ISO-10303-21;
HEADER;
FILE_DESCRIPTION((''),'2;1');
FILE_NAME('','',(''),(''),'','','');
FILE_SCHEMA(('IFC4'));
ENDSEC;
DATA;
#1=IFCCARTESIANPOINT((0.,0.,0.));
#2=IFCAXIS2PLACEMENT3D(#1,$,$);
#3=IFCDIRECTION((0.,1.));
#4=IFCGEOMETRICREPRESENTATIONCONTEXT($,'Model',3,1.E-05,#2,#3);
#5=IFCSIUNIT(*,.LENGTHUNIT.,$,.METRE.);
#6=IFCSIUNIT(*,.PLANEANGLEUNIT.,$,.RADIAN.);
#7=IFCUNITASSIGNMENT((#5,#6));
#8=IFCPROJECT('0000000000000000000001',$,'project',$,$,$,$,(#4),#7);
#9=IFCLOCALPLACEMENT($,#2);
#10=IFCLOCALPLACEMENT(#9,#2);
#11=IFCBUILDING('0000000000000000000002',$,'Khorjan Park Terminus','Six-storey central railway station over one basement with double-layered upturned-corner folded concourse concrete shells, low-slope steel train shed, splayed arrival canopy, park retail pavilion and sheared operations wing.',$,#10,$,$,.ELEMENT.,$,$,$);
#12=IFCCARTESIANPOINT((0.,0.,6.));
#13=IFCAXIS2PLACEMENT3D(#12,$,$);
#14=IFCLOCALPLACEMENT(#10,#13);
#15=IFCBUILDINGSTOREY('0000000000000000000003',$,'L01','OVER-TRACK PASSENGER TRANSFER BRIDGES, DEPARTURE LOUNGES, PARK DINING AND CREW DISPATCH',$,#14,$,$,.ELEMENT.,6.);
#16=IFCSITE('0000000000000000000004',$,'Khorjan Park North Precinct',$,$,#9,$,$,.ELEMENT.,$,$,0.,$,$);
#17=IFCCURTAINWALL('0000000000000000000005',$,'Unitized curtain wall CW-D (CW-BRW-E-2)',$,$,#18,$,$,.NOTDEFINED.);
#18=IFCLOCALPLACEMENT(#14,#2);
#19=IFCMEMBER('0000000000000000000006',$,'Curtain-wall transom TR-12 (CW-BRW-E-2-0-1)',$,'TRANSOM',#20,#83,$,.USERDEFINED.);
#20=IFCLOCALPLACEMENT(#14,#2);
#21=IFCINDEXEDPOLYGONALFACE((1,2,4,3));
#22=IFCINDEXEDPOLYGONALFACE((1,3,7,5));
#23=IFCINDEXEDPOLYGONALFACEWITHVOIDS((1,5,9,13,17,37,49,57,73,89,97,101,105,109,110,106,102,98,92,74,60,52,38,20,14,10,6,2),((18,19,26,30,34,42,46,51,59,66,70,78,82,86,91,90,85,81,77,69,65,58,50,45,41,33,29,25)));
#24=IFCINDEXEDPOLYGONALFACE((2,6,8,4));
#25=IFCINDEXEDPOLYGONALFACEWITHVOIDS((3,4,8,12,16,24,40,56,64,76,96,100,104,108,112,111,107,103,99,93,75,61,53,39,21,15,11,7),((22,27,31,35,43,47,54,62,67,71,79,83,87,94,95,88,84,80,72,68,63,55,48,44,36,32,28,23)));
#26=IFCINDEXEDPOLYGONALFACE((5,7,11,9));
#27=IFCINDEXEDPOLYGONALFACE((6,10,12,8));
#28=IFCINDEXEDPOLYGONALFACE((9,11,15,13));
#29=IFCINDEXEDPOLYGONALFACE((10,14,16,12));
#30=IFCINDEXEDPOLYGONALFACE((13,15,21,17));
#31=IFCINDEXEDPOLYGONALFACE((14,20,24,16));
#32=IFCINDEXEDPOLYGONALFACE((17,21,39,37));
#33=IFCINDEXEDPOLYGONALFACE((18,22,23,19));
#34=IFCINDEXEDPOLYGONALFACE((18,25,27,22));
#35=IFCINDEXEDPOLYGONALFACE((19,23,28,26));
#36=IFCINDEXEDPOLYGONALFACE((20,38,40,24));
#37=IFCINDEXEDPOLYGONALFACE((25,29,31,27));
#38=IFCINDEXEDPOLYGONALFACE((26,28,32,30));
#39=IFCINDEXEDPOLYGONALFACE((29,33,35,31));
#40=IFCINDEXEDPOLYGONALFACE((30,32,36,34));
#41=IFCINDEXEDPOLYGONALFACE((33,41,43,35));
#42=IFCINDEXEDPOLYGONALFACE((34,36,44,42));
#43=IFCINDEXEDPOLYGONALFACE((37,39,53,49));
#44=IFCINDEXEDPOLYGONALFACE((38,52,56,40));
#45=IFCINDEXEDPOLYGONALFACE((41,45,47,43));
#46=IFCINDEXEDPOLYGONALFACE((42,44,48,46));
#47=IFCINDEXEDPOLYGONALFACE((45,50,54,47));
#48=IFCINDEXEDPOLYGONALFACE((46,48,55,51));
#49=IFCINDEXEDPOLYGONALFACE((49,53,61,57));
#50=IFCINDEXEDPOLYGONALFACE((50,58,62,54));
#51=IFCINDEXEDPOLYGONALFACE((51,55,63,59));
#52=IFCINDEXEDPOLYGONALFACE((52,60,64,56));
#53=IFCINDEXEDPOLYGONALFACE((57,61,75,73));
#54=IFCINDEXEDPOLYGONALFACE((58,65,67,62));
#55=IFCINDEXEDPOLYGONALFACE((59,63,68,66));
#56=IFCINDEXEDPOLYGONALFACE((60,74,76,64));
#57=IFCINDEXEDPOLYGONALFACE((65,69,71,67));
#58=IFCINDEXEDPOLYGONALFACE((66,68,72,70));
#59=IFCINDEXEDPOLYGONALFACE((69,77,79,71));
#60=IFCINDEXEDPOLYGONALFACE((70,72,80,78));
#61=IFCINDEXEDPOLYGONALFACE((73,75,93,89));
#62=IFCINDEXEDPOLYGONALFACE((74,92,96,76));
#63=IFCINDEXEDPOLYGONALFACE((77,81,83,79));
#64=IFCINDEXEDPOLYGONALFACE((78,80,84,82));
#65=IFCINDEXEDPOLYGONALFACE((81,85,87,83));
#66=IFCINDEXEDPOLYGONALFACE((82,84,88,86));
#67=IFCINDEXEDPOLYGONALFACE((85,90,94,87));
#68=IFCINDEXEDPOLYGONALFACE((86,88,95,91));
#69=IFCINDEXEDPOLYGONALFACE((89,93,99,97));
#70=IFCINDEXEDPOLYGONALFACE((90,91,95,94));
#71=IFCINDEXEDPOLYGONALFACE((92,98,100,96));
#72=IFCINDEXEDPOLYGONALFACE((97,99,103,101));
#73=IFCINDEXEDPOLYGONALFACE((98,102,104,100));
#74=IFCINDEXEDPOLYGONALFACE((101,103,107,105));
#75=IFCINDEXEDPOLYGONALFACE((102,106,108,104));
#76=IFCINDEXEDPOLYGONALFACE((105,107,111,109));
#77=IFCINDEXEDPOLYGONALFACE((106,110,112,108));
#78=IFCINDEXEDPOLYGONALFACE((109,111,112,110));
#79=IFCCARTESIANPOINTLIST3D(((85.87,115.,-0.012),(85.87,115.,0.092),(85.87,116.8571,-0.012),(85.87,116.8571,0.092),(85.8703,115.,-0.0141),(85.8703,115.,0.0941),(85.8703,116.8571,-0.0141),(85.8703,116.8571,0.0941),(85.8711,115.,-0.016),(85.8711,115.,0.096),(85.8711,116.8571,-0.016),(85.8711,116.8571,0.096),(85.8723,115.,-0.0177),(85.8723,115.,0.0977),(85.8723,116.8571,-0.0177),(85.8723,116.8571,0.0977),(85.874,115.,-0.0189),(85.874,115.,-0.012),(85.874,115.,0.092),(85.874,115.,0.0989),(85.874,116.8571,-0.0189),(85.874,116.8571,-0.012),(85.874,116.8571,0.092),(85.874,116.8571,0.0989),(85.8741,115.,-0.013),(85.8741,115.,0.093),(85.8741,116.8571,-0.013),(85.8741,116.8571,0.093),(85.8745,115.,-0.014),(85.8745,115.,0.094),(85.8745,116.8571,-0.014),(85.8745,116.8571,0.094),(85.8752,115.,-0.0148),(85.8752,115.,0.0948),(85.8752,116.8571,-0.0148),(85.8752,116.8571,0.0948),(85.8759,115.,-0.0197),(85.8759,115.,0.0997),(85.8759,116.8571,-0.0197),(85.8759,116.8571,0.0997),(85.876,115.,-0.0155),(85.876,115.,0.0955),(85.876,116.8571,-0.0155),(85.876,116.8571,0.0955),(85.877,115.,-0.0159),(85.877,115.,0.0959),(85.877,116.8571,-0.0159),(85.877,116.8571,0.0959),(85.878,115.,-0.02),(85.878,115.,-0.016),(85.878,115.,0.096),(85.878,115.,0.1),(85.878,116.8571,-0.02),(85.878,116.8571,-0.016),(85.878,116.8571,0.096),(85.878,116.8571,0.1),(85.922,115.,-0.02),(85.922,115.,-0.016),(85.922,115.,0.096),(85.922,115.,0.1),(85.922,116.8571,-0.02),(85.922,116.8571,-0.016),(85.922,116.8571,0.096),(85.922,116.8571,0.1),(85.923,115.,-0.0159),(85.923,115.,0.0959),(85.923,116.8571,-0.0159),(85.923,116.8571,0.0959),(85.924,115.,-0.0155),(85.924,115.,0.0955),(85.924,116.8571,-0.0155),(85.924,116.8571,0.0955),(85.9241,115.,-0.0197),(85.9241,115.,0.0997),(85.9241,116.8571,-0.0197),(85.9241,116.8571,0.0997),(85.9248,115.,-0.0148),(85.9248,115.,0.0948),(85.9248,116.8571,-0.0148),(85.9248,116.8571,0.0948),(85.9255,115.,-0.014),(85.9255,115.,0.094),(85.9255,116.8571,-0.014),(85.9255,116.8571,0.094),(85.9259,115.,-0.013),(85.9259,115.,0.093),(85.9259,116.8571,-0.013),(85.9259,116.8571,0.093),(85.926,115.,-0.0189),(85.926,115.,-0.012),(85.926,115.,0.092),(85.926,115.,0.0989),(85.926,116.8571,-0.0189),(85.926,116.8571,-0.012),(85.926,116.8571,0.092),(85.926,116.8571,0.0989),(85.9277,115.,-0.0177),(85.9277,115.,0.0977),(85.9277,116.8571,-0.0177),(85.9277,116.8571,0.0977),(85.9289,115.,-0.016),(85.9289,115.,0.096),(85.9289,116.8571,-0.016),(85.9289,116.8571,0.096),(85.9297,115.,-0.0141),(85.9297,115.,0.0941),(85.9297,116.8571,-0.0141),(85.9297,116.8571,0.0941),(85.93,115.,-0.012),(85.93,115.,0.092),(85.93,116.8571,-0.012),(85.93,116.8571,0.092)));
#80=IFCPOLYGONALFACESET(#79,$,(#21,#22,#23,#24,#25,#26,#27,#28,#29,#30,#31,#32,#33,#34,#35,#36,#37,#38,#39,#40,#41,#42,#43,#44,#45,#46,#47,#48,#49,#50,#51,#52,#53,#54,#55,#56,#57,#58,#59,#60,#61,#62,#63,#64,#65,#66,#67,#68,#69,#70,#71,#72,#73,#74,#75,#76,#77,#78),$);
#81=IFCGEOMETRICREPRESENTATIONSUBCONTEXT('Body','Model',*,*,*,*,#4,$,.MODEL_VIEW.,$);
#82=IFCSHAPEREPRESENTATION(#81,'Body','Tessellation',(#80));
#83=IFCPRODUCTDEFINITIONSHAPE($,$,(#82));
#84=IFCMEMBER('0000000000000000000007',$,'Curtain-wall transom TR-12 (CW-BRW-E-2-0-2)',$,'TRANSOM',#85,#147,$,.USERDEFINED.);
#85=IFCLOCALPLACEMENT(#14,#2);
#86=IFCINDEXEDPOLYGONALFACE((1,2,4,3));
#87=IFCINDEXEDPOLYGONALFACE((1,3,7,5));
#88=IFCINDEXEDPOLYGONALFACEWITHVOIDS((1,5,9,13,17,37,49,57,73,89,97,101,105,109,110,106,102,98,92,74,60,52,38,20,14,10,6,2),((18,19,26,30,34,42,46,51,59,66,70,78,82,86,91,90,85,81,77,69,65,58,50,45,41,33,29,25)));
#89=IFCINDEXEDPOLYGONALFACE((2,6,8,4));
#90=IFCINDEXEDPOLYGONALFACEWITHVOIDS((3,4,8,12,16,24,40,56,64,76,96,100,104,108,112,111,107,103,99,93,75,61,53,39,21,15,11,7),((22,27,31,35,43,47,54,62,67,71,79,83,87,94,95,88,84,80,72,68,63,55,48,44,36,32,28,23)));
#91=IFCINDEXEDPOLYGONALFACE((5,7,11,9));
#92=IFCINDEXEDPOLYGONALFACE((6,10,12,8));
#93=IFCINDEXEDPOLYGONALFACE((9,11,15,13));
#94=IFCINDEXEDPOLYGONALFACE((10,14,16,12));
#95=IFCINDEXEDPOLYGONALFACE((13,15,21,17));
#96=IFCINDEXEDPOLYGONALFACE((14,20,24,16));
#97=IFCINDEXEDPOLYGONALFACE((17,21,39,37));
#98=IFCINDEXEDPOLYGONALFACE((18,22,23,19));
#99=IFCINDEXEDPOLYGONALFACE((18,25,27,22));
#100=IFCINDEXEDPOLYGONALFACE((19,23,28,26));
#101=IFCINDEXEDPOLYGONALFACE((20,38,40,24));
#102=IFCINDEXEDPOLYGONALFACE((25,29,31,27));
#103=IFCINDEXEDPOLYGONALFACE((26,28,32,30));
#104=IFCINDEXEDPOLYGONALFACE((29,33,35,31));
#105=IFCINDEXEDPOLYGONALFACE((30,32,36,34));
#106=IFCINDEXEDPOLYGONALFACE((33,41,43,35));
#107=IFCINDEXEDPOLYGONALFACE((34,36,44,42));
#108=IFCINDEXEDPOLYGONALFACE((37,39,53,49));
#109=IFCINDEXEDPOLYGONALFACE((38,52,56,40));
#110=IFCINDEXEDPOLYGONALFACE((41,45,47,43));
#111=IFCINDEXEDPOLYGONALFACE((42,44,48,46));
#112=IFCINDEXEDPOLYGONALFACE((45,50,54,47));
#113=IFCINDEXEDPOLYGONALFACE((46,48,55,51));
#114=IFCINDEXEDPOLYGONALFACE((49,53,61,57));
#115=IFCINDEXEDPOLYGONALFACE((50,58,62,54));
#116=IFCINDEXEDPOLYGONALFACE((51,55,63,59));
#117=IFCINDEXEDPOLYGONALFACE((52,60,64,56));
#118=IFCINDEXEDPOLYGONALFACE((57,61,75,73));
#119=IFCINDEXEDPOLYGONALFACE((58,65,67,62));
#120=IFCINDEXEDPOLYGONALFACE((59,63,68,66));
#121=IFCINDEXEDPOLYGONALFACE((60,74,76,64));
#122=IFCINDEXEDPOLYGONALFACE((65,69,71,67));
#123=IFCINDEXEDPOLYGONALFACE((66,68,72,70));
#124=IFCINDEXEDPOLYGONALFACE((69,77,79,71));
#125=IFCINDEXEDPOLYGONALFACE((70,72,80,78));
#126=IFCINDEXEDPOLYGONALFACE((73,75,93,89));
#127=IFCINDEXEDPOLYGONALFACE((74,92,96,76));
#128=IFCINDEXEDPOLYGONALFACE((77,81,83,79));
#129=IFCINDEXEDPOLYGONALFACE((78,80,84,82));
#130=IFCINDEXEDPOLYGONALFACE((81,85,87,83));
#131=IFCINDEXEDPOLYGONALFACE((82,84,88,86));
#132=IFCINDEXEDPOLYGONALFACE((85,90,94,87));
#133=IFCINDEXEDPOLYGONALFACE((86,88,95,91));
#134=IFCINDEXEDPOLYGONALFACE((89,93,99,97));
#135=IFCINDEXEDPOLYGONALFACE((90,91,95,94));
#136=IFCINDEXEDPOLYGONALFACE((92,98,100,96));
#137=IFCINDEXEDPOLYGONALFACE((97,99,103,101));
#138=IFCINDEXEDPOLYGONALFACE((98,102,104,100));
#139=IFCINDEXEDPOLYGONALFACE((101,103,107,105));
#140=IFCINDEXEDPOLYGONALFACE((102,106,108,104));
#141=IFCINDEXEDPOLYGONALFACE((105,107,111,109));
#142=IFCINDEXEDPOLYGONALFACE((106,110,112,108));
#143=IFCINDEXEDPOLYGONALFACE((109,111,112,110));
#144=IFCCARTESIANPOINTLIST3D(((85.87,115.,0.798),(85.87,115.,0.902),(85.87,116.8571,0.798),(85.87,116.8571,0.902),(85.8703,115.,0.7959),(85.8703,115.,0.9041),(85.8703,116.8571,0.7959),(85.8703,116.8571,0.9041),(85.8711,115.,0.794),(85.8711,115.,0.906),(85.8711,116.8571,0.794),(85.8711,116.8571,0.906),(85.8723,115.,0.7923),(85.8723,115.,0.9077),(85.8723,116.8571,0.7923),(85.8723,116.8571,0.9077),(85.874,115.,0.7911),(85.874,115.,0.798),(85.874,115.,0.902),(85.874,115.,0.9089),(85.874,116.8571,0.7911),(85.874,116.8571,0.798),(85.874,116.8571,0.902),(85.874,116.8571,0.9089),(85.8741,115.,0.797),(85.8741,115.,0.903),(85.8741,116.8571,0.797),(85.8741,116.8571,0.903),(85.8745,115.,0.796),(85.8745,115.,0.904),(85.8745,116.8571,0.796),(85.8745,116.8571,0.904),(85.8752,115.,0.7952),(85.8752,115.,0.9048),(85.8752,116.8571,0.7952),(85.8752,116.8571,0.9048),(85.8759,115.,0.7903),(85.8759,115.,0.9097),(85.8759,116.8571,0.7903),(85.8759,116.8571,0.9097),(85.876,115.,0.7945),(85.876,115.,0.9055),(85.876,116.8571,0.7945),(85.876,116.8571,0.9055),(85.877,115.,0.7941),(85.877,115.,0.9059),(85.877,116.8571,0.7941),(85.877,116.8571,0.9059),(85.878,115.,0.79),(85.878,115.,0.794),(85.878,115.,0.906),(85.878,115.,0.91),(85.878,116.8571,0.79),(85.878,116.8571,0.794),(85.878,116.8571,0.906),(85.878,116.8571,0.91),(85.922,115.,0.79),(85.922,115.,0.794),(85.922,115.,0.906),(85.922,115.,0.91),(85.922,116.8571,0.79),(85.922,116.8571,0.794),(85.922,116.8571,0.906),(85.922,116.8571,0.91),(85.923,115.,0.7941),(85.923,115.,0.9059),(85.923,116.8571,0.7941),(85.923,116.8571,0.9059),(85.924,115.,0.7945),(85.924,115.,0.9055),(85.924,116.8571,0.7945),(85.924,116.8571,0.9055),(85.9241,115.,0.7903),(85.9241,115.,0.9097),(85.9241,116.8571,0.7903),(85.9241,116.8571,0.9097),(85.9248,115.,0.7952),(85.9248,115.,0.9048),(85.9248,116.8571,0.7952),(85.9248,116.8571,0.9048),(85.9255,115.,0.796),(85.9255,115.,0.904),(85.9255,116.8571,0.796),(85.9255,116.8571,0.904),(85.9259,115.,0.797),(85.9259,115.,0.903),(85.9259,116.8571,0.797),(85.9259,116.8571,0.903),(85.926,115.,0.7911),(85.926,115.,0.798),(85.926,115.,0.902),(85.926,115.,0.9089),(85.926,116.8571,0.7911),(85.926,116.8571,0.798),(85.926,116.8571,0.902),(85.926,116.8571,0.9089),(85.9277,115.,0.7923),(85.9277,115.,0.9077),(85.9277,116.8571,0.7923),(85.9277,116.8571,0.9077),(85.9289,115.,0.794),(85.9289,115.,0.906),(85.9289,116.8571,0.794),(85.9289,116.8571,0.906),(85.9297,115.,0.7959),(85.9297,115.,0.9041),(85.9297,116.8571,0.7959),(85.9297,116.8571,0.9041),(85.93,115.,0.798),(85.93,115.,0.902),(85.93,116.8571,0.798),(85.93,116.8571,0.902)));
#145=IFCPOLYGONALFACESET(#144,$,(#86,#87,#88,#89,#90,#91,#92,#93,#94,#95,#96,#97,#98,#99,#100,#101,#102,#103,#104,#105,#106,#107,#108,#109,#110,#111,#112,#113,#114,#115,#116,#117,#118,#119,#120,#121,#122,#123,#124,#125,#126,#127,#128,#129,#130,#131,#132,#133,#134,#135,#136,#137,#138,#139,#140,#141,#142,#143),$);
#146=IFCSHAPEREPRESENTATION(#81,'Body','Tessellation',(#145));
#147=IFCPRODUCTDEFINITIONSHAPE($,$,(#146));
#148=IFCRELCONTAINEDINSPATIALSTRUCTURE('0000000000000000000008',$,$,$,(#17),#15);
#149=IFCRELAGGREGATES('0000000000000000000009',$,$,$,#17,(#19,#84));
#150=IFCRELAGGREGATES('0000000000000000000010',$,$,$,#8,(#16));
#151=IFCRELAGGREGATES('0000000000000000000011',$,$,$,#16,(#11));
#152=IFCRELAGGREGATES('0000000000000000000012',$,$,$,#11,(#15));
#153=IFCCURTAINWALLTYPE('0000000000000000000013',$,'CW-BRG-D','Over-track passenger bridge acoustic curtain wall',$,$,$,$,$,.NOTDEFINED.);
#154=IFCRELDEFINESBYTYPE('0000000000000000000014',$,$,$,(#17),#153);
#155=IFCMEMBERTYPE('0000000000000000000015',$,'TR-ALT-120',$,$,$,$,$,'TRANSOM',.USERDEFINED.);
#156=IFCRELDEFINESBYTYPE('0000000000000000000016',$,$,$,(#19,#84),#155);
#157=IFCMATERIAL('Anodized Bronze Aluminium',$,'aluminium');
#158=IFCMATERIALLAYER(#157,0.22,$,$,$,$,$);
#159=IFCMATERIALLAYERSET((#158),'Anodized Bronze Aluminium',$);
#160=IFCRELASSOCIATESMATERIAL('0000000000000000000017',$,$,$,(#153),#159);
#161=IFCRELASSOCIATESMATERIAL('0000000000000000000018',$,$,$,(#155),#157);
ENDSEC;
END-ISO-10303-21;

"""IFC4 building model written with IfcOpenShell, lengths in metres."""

from ifc_helpers import new_model, si_unit, direction, frame, origin, origin_2d, place, context, subcontext, project, spatial, hollow_rectangle, extrude, material, layer, layer_set, material_profile, profile_set, type_object, element, aggregate, save


model = new_model("IFC4")

# Units and contexts
model_context = context("Model", 3, precision=1e-05, world=origin(), true_north=direction((0.0, 1.0)))
body_context = subcontext(model_context, "Body", "Model", "MODEL_VIEW")
ifc_project = project(units=[si_unit("LENGTHUNIT", "METRE"), si_unit("PLANEANGLEUNIT", "RADIAN")], contexts=[model_context])

# Site, building, storey
site_placement = place(None, origin())
site = spatial("IfcSite", under=ifc_project, at=site_placement, Name="Khorjan Park North Precinct", CompositionType="ELEMENT", RefElevation=0.0)
building_placement = place(site_placement, origin())
building = spatial("IfcBuilding", under=site, at=building_placement, Name="Khorjan Park Terminus", Description="Six-storey central railway station over one basement with double-layered upturned-corner folded concourse concrete shells, low-slope steel train shed, splayed arrival canopy, park retail pavilion and sheared operations wing.", CompositionType="ELEMENT")
storey_placement = place(building_placement, frame((0.0, 0.0, 6.0)))
storey = spatial("IfcBuildingStorey", under=building, at=storey_placement, Name="L01", Description="OVER-TRACK PASSENGER TRANSFER BRIDGES, DEPARTURE LOUNGES, PARK DINING AND CREW DISPATCH", CompositionType="ELEMENT", Elevation=6.0)

# Shared definitions
ifc_material_1 = material(Name="Anodized Bronze Aluminium", Category="aluminium")
ifc_layer_1 = layer(ifc_material_1, 0.22)
ifc_layer_set_1 = layer_set([ifc_layer_1], Name="Anodized Bronze Aluminium")
curtain_wall_type = type_object("IfcCurtainWallType", Name="CW-BRG-D", Description="Over-track passenger bridge acoustic curtain wall", PredefinedType="NOTDEFINED", material=ifc_layer_set_1)

# Curtain wall
curtain_wall_1_placement = place(storey_placement, origin())
curtain_wall_1 = element("IfcCurtainWall", 1, at=curtain_wall_1_placement, inside=storey, type_object=curtain_wall_type, Name="Unitized curtain wall CW-D (CW-BRW-E-2)", PredefinedType="NOTDEFINED")

# Members
ifc_material_profile_1 = material_profile(ifc_material_1, hollow_rectangle(XDim=0.06, YDim=0.12, WallThickness=0.004, InnerFilletRadius=0.004, OuterFilletRadius=0.008, at=origin_2d()), Name="ALT 60x120x4")
ifc_profile_set_1 = profile_set([ifc_material_profile_1], Name="Anodized Bronze Aluminium")
member_type_1 = type_object("IfcMemberType", Name="TR-ALT-120", ElementType="TRANSOM", PredefinedType="USERDEFINED", material=ifc_profile_set_1)
member_1_placement = place(storey_placement, frame((85.9, 115.0, 0.04), z_axis=(0.0, 1.0, 0.0), x_axis=(-1.0, 0.0, 0.0)))
member_1 = element("IfcMember", 2, at=member_1_placement, type_object=member_type_1, Name="Curtain-wall transom TR-12 (CW-BRW-E-2-0-1)", ObjectType="TRANSOM", PredefinedType="USERDEFINED", context=body_context, shape_type="SweptSolid", body=[
    extrude(hollow_rectangle(XDim=0.06, YDim=0.12, WallThickness=0.004, InnerFilletRadius=0.004, OuterFilletRadius=0.008, at=origin_2d()), origin(), (0.0, 0.0, 1.0), 1.8571),
])
member_2_placement = place(storey_placement, frame((85.9, 115.0, 0.85), z_axis=(0.0, 1.0, 0.0), x_axis=(-1.0, 0.0, 0.0)))
member_2 = element("IfcMember", 3, at=member_2_placement, type_object=member_type_1, Name="Curtain-wall transom TR-12 (CW-BRW-E-2-0-2)", ObjectType="TRANSOM", PredefinedType="USERDEFINED", context=body_context, shape_type="SweptSolid", body=[
    extrude(hollow_rectangle(XDim=0.06, YDim=0.12, WallThickness=0.004, InnerFilletRadius=0.004, OuterFilletRadius=0.008, at=origin_2d()), origin(), (0.0, 0.0, 1.0), 1.8571),
])

aggregate(curtain_wall_1, [member_1, member_2])

save(model, "model.ifc")
